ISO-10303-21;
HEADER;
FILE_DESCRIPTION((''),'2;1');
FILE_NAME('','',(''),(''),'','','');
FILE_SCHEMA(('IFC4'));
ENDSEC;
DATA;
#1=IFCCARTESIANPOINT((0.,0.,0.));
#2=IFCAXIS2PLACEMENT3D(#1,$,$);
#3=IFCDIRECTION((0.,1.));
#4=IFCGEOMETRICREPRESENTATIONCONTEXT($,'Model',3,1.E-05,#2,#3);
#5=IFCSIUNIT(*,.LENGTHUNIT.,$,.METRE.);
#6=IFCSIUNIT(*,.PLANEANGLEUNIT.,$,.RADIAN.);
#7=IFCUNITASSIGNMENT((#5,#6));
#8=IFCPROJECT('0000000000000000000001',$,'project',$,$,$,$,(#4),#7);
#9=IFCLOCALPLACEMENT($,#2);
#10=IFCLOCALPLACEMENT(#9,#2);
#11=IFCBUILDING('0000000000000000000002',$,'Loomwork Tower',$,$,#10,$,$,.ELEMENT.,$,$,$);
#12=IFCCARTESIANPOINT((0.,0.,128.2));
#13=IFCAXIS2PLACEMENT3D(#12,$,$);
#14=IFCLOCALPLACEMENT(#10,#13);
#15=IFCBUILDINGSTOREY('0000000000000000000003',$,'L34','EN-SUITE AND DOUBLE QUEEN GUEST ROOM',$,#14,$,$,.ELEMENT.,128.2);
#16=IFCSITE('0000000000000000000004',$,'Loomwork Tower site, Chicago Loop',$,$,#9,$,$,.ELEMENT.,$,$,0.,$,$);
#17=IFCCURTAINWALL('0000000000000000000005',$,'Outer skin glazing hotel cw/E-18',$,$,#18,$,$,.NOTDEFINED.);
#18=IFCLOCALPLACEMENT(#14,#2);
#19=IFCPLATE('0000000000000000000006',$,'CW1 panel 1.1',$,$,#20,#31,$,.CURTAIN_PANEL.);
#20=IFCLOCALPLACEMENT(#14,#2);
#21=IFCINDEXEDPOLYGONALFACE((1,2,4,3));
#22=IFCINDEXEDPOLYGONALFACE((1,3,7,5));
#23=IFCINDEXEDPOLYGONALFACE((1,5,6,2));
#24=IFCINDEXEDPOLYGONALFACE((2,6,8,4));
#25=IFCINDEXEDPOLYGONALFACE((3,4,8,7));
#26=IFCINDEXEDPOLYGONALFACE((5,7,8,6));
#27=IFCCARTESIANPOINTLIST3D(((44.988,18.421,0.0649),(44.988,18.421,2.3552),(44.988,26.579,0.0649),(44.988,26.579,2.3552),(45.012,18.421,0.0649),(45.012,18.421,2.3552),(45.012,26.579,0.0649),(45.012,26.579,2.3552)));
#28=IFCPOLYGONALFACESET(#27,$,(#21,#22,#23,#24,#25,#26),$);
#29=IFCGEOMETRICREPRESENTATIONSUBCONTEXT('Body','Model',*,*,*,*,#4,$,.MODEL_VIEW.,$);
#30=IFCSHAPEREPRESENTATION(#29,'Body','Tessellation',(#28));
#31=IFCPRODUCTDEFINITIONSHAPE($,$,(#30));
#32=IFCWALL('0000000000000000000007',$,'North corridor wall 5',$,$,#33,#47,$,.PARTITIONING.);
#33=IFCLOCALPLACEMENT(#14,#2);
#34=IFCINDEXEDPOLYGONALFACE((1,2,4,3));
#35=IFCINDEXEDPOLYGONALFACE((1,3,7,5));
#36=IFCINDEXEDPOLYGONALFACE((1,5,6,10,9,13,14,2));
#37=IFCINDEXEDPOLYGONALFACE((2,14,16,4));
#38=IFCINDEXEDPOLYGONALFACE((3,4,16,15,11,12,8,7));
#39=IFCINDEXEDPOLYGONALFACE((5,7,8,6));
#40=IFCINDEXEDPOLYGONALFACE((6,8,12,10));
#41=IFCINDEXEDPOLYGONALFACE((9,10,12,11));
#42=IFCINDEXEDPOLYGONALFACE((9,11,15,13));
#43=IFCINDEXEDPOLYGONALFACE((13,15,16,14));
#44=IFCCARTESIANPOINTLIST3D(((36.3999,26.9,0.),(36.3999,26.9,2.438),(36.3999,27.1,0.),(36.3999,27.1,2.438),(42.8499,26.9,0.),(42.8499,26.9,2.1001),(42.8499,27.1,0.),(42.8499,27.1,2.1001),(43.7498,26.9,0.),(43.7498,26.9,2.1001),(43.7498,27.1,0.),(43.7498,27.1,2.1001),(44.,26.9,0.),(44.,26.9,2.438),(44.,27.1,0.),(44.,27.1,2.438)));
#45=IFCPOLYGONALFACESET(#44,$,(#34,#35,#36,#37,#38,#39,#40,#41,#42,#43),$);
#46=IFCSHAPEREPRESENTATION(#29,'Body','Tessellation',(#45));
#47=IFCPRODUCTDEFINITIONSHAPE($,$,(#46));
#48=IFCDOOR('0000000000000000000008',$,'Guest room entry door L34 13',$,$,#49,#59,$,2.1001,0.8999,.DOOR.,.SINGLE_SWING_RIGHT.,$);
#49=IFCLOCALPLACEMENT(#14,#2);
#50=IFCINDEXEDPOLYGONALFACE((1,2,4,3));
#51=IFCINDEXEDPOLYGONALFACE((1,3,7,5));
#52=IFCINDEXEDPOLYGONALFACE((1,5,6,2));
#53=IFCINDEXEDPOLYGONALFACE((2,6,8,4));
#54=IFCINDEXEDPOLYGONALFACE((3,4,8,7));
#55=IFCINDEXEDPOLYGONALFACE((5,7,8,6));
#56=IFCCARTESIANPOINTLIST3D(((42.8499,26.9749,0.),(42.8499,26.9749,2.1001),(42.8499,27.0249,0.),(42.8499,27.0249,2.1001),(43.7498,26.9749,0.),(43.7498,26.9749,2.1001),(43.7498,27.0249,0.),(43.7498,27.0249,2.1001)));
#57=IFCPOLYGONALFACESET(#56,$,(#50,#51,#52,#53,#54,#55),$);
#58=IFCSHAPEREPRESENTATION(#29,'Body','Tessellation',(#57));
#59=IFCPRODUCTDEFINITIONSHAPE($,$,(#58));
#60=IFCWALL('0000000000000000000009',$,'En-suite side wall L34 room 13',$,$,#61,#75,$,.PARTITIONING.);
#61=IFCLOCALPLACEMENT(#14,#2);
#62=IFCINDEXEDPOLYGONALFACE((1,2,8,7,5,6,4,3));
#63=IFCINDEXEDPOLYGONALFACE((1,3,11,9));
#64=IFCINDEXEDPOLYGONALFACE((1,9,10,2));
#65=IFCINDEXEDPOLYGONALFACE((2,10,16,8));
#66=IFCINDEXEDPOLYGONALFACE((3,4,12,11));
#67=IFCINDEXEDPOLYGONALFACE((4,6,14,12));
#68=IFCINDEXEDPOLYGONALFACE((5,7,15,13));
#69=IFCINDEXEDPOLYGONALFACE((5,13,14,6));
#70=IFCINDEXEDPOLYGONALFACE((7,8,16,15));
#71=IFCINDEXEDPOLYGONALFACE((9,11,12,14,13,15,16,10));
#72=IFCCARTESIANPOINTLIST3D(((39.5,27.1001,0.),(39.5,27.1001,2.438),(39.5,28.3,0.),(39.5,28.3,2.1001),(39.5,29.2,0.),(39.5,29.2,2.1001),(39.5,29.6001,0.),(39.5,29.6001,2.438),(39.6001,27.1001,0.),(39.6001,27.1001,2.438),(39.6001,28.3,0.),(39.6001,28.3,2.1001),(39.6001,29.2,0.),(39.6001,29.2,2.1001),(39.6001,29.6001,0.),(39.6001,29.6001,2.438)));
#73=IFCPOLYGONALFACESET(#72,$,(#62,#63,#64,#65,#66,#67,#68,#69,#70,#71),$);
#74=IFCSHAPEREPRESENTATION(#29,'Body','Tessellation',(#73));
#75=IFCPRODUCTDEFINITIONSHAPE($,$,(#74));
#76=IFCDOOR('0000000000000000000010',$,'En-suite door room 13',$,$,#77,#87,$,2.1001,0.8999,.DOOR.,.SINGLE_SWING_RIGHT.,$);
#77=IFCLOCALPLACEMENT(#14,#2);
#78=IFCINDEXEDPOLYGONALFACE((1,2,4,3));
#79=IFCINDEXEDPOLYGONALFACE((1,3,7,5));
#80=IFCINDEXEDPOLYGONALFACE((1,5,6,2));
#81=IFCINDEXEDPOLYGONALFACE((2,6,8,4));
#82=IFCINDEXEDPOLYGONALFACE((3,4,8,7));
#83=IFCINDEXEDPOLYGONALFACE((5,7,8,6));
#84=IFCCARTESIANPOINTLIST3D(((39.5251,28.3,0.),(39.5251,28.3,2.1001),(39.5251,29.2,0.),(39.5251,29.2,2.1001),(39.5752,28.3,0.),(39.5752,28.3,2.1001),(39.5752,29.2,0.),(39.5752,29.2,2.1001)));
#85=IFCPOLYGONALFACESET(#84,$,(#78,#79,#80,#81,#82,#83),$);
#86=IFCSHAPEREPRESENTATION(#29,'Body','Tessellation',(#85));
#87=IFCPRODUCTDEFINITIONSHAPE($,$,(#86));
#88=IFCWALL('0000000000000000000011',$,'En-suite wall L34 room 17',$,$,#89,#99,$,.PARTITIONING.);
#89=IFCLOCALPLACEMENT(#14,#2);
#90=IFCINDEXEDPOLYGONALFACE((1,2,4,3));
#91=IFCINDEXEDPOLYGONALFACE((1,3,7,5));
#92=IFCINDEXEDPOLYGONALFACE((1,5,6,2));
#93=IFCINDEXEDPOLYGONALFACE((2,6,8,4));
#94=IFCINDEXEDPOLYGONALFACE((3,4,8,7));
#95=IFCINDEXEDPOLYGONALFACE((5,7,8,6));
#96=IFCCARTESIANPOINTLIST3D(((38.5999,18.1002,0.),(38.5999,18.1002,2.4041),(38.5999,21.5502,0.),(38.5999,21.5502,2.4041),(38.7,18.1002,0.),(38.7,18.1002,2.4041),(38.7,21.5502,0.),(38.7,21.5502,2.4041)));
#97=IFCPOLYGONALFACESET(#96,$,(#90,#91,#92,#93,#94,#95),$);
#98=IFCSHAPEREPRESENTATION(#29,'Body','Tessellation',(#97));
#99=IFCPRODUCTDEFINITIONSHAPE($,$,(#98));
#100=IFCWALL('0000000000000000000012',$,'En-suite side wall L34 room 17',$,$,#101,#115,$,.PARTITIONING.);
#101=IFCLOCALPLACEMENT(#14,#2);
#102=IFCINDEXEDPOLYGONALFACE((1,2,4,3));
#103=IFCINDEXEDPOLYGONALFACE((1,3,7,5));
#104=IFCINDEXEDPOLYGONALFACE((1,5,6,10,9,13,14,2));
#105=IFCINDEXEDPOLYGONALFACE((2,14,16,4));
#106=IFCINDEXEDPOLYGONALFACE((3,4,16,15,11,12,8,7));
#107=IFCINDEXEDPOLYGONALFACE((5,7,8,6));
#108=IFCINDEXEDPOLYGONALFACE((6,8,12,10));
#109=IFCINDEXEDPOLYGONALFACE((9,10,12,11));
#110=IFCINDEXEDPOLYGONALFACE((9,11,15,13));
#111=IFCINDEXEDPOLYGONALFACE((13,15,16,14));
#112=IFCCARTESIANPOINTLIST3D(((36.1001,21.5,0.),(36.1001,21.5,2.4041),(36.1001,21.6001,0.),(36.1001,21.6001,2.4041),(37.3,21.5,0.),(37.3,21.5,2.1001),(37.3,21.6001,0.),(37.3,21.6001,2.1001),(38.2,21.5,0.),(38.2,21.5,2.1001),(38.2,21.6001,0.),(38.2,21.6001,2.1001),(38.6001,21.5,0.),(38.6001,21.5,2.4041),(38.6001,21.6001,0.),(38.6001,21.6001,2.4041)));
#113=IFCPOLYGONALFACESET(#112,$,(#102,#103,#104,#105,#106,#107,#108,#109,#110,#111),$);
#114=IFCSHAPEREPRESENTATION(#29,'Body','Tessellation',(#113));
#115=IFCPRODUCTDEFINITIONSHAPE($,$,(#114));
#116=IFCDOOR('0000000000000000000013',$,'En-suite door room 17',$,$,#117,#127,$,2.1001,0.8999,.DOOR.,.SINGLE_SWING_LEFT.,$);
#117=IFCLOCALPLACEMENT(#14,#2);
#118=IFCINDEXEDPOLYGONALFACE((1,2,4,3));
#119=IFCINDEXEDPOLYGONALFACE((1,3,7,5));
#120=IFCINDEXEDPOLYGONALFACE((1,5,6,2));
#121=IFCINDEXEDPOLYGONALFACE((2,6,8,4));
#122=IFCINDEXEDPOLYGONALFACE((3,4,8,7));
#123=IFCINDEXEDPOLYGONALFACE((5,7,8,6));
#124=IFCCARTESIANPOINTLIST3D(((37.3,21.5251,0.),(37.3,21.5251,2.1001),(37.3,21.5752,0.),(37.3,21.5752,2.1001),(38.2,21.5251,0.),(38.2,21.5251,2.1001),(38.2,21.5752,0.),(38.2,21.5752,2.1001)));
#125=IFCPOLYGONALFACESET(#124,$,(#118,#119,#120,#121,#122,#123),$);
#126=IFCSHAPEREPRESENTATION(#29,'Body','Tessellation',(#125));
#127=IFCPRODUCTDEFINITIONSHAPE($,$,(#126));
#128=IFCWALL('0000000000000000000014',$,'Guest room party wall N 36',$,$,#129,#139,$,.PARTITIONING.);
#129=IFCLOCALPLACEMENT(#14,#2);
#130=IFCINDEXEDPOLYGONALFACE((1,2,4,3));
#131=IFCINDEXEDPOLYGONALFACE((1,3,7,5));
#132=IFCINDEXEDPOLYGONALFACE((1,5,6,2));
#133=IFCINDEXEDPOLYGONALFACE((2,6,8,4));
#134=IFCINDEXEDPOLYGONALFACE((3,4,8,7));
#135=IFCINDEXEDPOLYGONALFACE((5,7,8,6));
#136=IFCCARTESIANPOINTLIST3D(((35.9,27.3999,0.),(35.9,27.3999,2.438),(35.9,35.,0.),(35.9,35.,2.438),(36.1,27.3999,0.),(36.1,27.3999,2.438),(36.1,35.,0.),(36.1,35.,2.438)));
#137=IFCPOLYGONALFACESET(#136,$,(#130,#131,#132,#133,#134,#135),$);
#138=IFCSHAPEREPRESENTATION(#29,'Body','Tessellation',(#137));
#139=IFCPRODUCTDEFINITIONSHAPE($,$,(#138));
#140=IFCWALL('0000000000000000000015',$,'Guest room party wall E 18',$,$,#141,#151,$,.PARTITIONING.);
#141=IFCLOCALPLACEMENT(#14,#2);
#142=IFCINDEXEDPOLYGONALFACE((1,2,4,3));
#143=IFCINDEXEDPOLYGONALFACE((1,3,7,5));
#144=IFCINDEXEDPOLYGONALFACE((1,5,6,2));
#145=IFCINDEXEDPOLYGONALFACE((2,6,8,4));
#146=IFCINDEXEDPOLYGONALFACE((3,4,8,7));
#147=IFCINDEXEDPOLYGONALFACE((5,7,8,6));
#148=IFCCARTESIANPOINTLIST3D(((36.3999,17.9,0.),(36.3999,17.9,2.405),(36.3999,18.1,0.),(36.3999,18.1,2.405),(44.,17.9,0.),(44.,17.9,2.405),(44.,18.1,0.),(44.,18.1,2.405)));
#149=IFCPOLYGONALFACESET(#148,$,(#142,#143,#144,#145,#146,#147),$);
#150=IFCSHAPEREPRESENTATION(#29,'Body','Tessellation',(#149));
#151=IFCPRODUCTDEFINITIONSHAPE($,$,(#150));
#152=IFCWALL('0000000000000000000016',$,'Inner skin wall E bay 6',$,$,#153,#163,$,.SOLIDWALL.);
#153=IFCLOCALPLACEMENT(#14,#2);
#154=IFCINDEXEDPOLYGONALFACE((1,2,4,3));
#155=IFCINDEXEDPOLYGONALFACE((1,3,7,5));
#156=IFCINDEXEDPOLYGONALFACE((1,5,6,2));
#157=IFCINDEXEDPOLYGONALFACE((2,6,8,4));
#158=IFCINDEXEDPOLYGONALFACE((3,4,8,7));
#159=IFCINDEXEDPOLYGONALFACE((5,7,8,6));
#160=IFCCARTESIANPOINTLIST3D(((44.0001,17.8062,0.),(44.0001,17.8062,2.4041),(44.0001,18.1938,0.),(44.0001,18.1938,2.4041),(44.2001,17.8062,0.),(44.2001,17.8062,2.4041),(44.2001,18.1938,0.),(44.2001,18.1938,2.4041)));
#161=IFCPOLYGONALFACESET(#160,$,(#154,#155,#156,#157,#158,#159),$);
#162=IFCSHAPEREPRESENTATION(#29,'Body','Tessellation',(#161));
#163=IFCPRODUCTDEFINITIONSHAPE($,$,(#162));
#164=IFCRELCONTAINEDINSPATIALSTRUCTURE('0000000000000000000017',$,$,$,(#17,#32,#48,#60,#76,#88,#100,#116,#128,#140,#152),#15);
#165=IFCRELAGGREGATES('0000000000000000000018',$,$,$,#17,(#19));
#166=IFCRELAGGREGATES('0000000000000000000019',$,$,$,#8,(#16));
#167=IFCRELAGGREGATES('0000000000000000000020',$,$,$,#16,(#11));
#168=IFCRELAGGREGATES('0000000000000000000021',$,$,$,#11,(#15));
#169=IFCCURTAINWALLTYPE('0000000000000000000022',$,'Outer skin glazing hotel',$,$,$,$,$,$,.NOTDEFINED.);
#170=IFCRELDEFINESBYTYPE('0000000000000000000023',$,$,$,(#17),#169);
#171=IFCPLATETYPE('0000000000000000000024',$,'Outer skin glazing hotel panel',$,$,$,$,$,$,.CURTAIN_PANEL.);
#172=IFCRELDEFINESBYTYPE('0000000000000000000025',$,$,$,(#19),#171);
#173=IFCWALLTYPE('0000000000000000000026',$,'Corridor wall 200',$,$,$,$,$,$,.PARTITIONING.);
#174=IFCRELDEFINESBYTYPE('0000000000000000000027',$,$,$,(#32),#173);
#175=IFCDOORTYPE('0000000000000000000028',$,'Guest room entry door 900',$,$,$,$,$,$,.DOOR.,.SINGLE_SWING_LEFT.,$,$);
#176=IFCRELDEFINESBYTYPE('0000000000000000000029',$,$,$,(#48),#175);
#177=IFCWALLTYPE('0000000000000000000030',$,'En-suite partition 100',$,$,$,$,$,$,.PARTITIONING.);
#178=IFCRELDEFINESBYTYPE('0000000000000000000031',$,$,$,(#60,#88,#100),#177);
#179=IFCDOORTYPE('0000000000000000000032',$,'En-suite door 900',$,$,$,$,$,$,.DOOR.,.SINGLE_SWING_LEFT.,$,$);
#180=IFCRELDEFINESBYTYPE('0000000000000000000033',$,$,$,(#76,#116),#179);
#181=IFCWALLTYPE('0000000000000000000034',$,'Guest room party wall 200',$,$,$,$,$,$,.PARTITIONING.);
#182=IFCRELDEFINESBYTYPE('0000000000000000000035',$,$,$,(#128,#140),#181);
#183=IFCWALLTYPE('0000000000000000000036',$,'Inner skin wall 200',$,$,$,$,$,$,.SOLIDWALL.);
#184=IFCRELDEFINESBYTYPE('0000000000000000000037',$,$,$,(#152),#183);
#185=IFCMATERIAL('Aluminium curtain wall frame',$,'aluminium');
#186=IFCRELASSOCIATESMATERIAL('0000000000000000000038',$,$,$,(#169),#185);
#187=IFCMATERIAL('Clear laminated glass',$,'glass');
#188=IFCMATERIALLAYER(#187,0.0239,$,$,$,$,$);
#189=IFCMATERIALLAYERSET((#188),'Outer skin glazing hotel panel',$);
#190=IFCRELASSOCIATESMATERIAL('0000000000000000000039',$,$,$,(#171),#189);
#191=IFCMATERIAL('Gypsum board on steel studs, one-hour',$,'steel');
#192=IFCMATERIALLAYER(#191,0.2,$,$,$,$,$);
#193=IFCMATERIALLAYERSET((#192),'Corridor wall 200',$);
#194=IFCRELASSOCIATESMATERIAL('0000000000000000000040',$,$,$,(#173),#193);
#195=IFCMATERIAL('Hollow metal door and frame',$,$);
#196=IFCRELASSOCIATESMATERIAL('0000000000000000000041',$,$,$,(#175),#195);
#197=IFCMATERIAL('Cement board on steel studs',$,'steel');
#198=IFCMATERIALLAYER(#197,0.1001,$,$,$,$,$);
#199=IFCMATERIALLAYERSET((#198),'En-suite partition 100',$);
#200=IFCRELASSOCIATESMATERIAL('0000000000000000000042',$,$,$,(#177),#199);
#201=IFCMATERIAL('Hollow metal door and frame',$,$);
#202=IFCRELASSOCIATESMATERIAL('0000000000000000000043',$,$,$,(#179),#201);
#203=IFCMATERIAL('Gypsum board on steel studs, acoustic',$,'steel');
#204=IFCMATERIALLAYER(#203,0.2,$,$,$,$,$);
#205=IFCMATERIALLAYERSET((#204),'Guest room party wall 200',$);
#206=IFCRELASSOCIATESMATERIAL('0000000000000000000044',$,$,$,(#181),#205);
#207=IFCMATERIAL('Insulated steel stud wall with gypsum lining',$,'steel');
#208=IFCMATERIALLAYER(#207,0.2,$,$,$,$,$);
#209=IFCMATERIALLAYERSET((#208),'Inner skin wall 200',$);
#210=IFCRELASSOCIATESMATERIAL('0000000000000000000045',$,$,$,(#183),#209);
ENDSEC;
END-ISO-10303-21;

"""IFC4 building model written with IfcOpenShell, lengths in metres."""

from ifc_helpers import new_model, si_unit, direction, frame, frame_2d, origin, origin_2d, place, context, subcontext, project, spatial, rectangle, extrude, material, layer, layer_set, type_object, element, fill, aggregate, save


model = new_model("IFC4")

# Units and contexts
model_context = context("Model", 3, precision=1e-05, world=origin(), true_north=direction((0.0, 1.0)))
body_context = subcontext(model_context, "Body", "Model", "MODEL_VIEW")
ifc_project = project(units=[si_unit("LENGTHUNIT", "METRE"), si_unit("PLANEANGLEUNIT", "RADIAN")], contexts=[model_context])

# Site, building, storey
site_placement = place(None, origin())
site = spatial("IfcSite", under=ifc_project, at=site_placement, Name="Loomwork Tower site, Chicago Loop", CompositionType="ELEMENT", RefElevation=0.0)
building_placement = place(site_placement, origin())
building = spatial("IfcBuilding", under=site, at=building_placement, Name="Loomwork Tower", CompositionType="ELEMENT")
storey_placement = place(building_placement, frame((0.0, 0.0, 128.2)))
storey = spatial("IfcBuildingStorey", under=building, at=storey_placement, Name="L34", Description="EN-SUITE AND DOUBLE QUEEN GUEST ROOM", CompositionType="ELEMENT", Elevation=128.2)

# Curtain wall
ifc_material_1 = material(Name="Aluminium curtain wall frame", Category="aluminium")
curtain_wall_type = type_object("IfcCurtainWallType", Name="Outer skin glazing hotel", PredefinedType="NOTDEFINED", material=ifc_material_1)
curtain_wall_1_placement = place(storey_placement, origin())
curtain_wall_1 = element("IfcCurtainWall", 1, at=curtain_wall_1_placement, inside=storey, type_object=curtain_wall_type, Name="Outer skin glazing hotel cw/E-18", PredefinedType="NOTDEFINED")

# Plate
ifc_material_2 = material(Name="Clear laminated glass", Category="glass")
ifc_layer_1 = layer(ifc_material_2, 0.0239)
ifc_layer_set_1 = layer_set([ifc_layer_1], Name="Outer skin glazing hotel panel")
plate_type = type_object("IfcPlateType", Name="Outer skin glazing hotel panel", PredefinedType="CURTAIN_PANEL", material=ifc_layer_set_1)
plate_placement = place(storey_placement, frame((45.0, 22.5, 0.0649), z_axis=(0.0, 0.0, 1.0), x_axis=(0.0, 1.0, 0.0)))
plate = element("IfcPlate", 2, at=plate_placement, type_object=plate_type, Name="CW1 panel 1.1", PredefinedType="CURTAIN_PANEL", context=body_context, shape_type="SweptSolid", body=[
    extrude(rectangle(XDim=8.158, YDim=0.0239, at=origin_2d()), origin(), (0.0, 0.0, 1.0), 2.2903),
])
aggregate(curtain_wall_1, [plate])

# Walls, openings, doors
ifc_material_3 = material(Name="Gypsum board on steel studs, one-hour", Category="steel")
ifc_layer_2 = layer(ifc_material_3, 0.2)
ifc_layer_set_2 = layer_set([ifc_layer_2], Name="Corridor wall 200")
wall_type_1 = type_object("IfcWallType", Name="Corridor wall 200", PredefinedType="PARTITIONING", material=ifc_layer_set_2)
wall_1_placement = place(storey_placement, frame((36.3999, 27.0, 0.0), z_axis=(0.0, 0.0, 1.0), x_axis=(1.0, 0.0, 0.0)))
wall_1 = element("IfcWall", 3, at=wall_1_placement, inside=storey, type_object=wall_type_1, Name="North corridor wall 5", PredefinedType="PARTITIONING", context=body_context, shape_type="SweptSolid", body=[
    extrude(rectangle(XDim=7.6001, YDim=0.2, at=frame_2d((3.8, 0.0))), origin(), (0.0, 0.0, 1.0), 2.438),
])
opening_1_placement = place(wall_1_placement, frame((6.45, 0.0, 0.0)))
opening_1 = element("IfcOpeningElement", 4, at=opening_1_placement, cuts=wall_1, PredefinedType="OPENING", context=body_context, shape_type="SweptSolid", body=[
    extrude(rectangle(XDim=0.8999, YDim=2.1001, at=frame_2d((0.45, 1.05))), frame((0.0, 0.1099, 0.0), z_axis=(0.0, -1.0, 0.0), x_axis=(1.0, 0.0, 0.0)), (0.0, 0.0, 1.0), 0.22),
])
ifc_material_4 = material(Name="Hollow metal door and frame")
door_type_1 = type_object("IfcDoorType", Name="Guest room entry door 900", OperationType="SINGLE_SWING_LEFT", PredefinedType="DOOR", material=ifc_material_4)
door_1_placement = place(opening_1_placement, origin())
door_1 = element("IfcDoor", 5, at=door_1_placement, inside=storey, type_object=door_type_1, Name="Guest room entry door L34 13", OperationType="SINGLE_SWING_RIGHT", OverallHeight=2.1001, OverallWidth=0.8999, PredefinedType="DOOR", context=body_context, shape_type="SweptSolid", body=[
    extrude(rectangle(XDim=0.8999, YDim=2.1001, at=frame_2d((0.45, 1.05))), frame((0.0, 0.0249, 0.0), z_axis=(0.0, -1.0, 0.0), x_axis=(1.0, 0.0, 0.0)), (0.0, 0.0, 1.0), 0.05),
])
fill(opening_1, door_1)
ifc_material_5 = material(Name="Cement board on steel studs", Category="steel")
ifc_layer_3 = layer(ifc_material_5, 0.1001)
ifc_layer_set_3 = layer_set([ifc_layer_3], Name="En-suite partition 100")
wall_type_2 = type_object("IfcWallType", Name="En-suite partition 100", PredefinedType="PARTITIONING", material=ifc_layer_set_3)
wall_2_placement = place(storey_placement, frame((39.55, 27.1001, 0.0), z_axis=(0.0, 0.0, 1.0), x_axis=(0.0, 1.0, 0.0)))
wall_2 = element("IfcWall", 6, at=wall_2_placement, inside=storey, type_object=wall_type_2, Name="En-suite side wall L34 room 13", PredefinedType="PARTITIONING", context=body_context, shape_type="SweptSolid", body=[
    extrude(rectangle(XDim=2.5, YDim=0.1001, at=frame_2d((1.25, 0.0))), origin(), (0.0, 0.0, 1.0), 2.438),
])
opening_2_placement = place(wall_2_placement, frame((1.2, 0.0, 0.0)))
opening_2 = element("IfcOpeningElement", 7, at=opening_2_placement, cuts=wall_2, PredefinedType="OPENING", context=body_context, shape_type="SweptSolid", body=[
    extrude(rectangle(XDim=0.8999, YDim=2.1001, at=frame_2d((0.45, 1.05))), frame((0.0, 0.0601, 0.0), z_axis=(0.0, -1.0, 0.0), x_axis=(1.0, 0.0, 0.0)), (0.0, 0.0, 1.0), 0.1201),
])
ifc_material_6 = material(Name="Hollow metal door and frame")
door_type_2 = type_object("IfcDoorType", Name="En-suite door 900", OperationType="SINGLE_SWING_LEFT", PredefinedType="DOOR", material=ifc_material_6)
door_2_placement = place(opening_2_placement, origin())
door_2 = element("IfcDoor", 8, at=door_2_placement, inside=storey, type_object=door_type_2, Name="En-suite door room 13", OperationType="SINGLE_SWING_RIGHT", OverallHeight=2.1001, OverallWidth=0.8999, PredefinedType="DOOR", context=body_context, shape_type="SweptSolid", body=[
    extrude(rectangle(XDim=0.8999, YDim=2.1001, at=frame_2d((0.45, 1.05))), frame((0.0, 0.0249, 0.0), z_axis=(0.0, -1.0, 0.0), x_axis=(1.0, 0.0, 0.0)), (0.0, 0.0, 1.0), 0.05),
])
fill(opening_2, door_2)

# Wall
wall_3_placement = place(storey_placement, frame((38.6499, 18.1001, 0.0), z_axis=(0.0, 0.0, 1.0), x_axis=(0.0, 1.0, 0.0)))
element("IfcWall", 9, at=wall_3_placement, inside=storey, type_object=wall_type_2, Name="En-suite wall L34 room 17", PredefinedType="PARTITIONING", context=body_context, shape_type="SweptSolid", body=[
    extrude(rectangle(XDim=3.45, YDim=0.1001, at=frame_2d((1.7251, 0.0))), origin(), (0.0, 0.0, 1.0), 2.4041),
])

# Wall, opening, door
wall_4_placement = place(storey_placement, frame((36.1001, 21.55, 0.0), z_axis=(0.0, 0.0, 1.0), x_axis=(1.0, 0.0, 0.0)))
wall_4 = element("IfcWall", 10, at=wall_4_placement, inside=storey, type_object=wall_type_2, Name="En-suite side wall L34 room 17", PredefinedType="PARTITIONING", context=body_context, shape_type="SweptSolid", body=[
    extrude(rectangle(XDim=2.5, YDim=0.1001, at=frame_2d((1.25, 0.0))), origin(), (0.0, 0.0, 1.0), 2.4041),
])
opening_3_placement = place(wall_4_placement, frame((1.2, 0.0, 0.0)))
opening_3 = element("IfcOpeningElement", 11, at=opening_3_placement, cuts=wall_4, PredefinedType="OPENING", context=body_context, shape_type="SweptSolid", body=[
    extrude(rectangle(XDim=0.8999, YDim=2.1001, at=frame_2d((0.45, 1.05))), frame((0.0, 0.0601, 0.0), z_axis=(0.0, -1.0, 0.0), x_axis=(1.0, 0.0, 0.0)), (0.0, 0.0, 1.0), 0.1201),
])
door_3_placement = place(opening_3_placement, frame((0.8999, 0.0, 0.0), z_axis=(0.0, 0.0, 1.0), x_axis=(-1.0, 0.0, 0.0)))
door_3 = element("IfcDoor", 12, at=door_3_placement, inside=storey, type_object=door_type_2, Name="En-suite door room 17", OperationType="SINGLE_SWING_LEFT", OverallHeight=2.1001, OverallWidth=0.8999, PredefinedType="DOOR", context=body_context, shape_type="SweptSolid", body=[
    extrude(rectangle(XDim=0.8999, YDim=2.1001, at=frame_2d((0.45, 1.05))), frame((0.0, 0.0249, 0.0), z_axis=(0.0, -1.0, 0.0), x_axis=(1.0, 0.0, 0.0)), (0.0, 0.0, 1.0), 0.05),
])
fill(opening_3, door_3)

# Walls
ifc_material_7 = material(Name="Gypsum board on steel studs, acoustic", Category="steel")
ifc_layer_4 = layer(ifc_material_7, 0.2)
ifc_layer_set_4 = layer_set([ifc_layer_4], Name="Guest room party wall 200")
wall_type_3 = type_object("IfcWallType", Name="Guest room party wall 200", PredefinedType="PARTITIONING", material=ifc_layer_set_4)
wall_5_placement = place(storey_placement, frame((36.0, 27.3999, 0.0), z_axis=(0.0, 0.0, 1.0), x_axis=(0.0, 1.0, 0.0)))
element("IfcWall", 13, at=wall_5_placement, inside=storey, type_object=wall_type_3, Name="Guest room party wall N 36", PredefinedType="PARTITIONING", context=body_context, shape_type="SweptSolid", body=[
    extrude(rectangle(XDim=7.6001, YDim=0.2, at=frame_2d((3.8, 0.0))), origin(), (0.0, 0.0, 1.0), 2.438),
])
wall_6_placement = place(storey_placement, frame((36.3999, 18.0, 0.0), z_axis=(0.0, 0.0, 1.0), x_axis=(1.0, 0.0, 0.0)))
element("IfcWall", 14, at=wall_6_placement, inside=storey, type_object=wall_type_3, Name="Guest room party wall E 18", PredefinedType="PARTITIONING", context=body_context, shape_type="SweptSolid", body=[
    extrude(rectangle(XDim=7.6001, YDim=0.2, at=frame_2d((3.8, 0.0))), origin(), (0.0, 0.0, 1.0), 2.405),
])
ifc_material_8 = material(Name="Insulated steel stud wall with gypsum lining", Category="steel")
ifc_layer_5 = layer(ifc_material_8, 0.2)
ifc_layer_set_5 = layer_set([ifc_layer_5], Name="Inner skin wall 200")
wall_type_4 = type_object("IfcWallType", Name="Inner skin wall 200", PredefinedType="SOLIDWALL", material=ifc_layer_set_5)
wall_7_placement = place(storey_placement, frame((44.1001, 17.8062, 0.0), z_axis=(0.0, 0.0, 1.0), x_axis=(0.0, 1.0, 0.0)))
element("IfcWall", 15, at=wall_7_placement, inside=storey, type_object=wall_type_4, Name="Inner skin wall E bay 6", PredefinedType="SOLIDWALL", context=body_context, shape_type="SweptSolid", body=[
    extrude(rectangle(XDim=0.3877, YDim=0.2, at=frame_2d((0.1938, 0.0))), origin(), (0.0, 0.0, 1.0), 2.4041),
])

save(model, "model.ifc")
